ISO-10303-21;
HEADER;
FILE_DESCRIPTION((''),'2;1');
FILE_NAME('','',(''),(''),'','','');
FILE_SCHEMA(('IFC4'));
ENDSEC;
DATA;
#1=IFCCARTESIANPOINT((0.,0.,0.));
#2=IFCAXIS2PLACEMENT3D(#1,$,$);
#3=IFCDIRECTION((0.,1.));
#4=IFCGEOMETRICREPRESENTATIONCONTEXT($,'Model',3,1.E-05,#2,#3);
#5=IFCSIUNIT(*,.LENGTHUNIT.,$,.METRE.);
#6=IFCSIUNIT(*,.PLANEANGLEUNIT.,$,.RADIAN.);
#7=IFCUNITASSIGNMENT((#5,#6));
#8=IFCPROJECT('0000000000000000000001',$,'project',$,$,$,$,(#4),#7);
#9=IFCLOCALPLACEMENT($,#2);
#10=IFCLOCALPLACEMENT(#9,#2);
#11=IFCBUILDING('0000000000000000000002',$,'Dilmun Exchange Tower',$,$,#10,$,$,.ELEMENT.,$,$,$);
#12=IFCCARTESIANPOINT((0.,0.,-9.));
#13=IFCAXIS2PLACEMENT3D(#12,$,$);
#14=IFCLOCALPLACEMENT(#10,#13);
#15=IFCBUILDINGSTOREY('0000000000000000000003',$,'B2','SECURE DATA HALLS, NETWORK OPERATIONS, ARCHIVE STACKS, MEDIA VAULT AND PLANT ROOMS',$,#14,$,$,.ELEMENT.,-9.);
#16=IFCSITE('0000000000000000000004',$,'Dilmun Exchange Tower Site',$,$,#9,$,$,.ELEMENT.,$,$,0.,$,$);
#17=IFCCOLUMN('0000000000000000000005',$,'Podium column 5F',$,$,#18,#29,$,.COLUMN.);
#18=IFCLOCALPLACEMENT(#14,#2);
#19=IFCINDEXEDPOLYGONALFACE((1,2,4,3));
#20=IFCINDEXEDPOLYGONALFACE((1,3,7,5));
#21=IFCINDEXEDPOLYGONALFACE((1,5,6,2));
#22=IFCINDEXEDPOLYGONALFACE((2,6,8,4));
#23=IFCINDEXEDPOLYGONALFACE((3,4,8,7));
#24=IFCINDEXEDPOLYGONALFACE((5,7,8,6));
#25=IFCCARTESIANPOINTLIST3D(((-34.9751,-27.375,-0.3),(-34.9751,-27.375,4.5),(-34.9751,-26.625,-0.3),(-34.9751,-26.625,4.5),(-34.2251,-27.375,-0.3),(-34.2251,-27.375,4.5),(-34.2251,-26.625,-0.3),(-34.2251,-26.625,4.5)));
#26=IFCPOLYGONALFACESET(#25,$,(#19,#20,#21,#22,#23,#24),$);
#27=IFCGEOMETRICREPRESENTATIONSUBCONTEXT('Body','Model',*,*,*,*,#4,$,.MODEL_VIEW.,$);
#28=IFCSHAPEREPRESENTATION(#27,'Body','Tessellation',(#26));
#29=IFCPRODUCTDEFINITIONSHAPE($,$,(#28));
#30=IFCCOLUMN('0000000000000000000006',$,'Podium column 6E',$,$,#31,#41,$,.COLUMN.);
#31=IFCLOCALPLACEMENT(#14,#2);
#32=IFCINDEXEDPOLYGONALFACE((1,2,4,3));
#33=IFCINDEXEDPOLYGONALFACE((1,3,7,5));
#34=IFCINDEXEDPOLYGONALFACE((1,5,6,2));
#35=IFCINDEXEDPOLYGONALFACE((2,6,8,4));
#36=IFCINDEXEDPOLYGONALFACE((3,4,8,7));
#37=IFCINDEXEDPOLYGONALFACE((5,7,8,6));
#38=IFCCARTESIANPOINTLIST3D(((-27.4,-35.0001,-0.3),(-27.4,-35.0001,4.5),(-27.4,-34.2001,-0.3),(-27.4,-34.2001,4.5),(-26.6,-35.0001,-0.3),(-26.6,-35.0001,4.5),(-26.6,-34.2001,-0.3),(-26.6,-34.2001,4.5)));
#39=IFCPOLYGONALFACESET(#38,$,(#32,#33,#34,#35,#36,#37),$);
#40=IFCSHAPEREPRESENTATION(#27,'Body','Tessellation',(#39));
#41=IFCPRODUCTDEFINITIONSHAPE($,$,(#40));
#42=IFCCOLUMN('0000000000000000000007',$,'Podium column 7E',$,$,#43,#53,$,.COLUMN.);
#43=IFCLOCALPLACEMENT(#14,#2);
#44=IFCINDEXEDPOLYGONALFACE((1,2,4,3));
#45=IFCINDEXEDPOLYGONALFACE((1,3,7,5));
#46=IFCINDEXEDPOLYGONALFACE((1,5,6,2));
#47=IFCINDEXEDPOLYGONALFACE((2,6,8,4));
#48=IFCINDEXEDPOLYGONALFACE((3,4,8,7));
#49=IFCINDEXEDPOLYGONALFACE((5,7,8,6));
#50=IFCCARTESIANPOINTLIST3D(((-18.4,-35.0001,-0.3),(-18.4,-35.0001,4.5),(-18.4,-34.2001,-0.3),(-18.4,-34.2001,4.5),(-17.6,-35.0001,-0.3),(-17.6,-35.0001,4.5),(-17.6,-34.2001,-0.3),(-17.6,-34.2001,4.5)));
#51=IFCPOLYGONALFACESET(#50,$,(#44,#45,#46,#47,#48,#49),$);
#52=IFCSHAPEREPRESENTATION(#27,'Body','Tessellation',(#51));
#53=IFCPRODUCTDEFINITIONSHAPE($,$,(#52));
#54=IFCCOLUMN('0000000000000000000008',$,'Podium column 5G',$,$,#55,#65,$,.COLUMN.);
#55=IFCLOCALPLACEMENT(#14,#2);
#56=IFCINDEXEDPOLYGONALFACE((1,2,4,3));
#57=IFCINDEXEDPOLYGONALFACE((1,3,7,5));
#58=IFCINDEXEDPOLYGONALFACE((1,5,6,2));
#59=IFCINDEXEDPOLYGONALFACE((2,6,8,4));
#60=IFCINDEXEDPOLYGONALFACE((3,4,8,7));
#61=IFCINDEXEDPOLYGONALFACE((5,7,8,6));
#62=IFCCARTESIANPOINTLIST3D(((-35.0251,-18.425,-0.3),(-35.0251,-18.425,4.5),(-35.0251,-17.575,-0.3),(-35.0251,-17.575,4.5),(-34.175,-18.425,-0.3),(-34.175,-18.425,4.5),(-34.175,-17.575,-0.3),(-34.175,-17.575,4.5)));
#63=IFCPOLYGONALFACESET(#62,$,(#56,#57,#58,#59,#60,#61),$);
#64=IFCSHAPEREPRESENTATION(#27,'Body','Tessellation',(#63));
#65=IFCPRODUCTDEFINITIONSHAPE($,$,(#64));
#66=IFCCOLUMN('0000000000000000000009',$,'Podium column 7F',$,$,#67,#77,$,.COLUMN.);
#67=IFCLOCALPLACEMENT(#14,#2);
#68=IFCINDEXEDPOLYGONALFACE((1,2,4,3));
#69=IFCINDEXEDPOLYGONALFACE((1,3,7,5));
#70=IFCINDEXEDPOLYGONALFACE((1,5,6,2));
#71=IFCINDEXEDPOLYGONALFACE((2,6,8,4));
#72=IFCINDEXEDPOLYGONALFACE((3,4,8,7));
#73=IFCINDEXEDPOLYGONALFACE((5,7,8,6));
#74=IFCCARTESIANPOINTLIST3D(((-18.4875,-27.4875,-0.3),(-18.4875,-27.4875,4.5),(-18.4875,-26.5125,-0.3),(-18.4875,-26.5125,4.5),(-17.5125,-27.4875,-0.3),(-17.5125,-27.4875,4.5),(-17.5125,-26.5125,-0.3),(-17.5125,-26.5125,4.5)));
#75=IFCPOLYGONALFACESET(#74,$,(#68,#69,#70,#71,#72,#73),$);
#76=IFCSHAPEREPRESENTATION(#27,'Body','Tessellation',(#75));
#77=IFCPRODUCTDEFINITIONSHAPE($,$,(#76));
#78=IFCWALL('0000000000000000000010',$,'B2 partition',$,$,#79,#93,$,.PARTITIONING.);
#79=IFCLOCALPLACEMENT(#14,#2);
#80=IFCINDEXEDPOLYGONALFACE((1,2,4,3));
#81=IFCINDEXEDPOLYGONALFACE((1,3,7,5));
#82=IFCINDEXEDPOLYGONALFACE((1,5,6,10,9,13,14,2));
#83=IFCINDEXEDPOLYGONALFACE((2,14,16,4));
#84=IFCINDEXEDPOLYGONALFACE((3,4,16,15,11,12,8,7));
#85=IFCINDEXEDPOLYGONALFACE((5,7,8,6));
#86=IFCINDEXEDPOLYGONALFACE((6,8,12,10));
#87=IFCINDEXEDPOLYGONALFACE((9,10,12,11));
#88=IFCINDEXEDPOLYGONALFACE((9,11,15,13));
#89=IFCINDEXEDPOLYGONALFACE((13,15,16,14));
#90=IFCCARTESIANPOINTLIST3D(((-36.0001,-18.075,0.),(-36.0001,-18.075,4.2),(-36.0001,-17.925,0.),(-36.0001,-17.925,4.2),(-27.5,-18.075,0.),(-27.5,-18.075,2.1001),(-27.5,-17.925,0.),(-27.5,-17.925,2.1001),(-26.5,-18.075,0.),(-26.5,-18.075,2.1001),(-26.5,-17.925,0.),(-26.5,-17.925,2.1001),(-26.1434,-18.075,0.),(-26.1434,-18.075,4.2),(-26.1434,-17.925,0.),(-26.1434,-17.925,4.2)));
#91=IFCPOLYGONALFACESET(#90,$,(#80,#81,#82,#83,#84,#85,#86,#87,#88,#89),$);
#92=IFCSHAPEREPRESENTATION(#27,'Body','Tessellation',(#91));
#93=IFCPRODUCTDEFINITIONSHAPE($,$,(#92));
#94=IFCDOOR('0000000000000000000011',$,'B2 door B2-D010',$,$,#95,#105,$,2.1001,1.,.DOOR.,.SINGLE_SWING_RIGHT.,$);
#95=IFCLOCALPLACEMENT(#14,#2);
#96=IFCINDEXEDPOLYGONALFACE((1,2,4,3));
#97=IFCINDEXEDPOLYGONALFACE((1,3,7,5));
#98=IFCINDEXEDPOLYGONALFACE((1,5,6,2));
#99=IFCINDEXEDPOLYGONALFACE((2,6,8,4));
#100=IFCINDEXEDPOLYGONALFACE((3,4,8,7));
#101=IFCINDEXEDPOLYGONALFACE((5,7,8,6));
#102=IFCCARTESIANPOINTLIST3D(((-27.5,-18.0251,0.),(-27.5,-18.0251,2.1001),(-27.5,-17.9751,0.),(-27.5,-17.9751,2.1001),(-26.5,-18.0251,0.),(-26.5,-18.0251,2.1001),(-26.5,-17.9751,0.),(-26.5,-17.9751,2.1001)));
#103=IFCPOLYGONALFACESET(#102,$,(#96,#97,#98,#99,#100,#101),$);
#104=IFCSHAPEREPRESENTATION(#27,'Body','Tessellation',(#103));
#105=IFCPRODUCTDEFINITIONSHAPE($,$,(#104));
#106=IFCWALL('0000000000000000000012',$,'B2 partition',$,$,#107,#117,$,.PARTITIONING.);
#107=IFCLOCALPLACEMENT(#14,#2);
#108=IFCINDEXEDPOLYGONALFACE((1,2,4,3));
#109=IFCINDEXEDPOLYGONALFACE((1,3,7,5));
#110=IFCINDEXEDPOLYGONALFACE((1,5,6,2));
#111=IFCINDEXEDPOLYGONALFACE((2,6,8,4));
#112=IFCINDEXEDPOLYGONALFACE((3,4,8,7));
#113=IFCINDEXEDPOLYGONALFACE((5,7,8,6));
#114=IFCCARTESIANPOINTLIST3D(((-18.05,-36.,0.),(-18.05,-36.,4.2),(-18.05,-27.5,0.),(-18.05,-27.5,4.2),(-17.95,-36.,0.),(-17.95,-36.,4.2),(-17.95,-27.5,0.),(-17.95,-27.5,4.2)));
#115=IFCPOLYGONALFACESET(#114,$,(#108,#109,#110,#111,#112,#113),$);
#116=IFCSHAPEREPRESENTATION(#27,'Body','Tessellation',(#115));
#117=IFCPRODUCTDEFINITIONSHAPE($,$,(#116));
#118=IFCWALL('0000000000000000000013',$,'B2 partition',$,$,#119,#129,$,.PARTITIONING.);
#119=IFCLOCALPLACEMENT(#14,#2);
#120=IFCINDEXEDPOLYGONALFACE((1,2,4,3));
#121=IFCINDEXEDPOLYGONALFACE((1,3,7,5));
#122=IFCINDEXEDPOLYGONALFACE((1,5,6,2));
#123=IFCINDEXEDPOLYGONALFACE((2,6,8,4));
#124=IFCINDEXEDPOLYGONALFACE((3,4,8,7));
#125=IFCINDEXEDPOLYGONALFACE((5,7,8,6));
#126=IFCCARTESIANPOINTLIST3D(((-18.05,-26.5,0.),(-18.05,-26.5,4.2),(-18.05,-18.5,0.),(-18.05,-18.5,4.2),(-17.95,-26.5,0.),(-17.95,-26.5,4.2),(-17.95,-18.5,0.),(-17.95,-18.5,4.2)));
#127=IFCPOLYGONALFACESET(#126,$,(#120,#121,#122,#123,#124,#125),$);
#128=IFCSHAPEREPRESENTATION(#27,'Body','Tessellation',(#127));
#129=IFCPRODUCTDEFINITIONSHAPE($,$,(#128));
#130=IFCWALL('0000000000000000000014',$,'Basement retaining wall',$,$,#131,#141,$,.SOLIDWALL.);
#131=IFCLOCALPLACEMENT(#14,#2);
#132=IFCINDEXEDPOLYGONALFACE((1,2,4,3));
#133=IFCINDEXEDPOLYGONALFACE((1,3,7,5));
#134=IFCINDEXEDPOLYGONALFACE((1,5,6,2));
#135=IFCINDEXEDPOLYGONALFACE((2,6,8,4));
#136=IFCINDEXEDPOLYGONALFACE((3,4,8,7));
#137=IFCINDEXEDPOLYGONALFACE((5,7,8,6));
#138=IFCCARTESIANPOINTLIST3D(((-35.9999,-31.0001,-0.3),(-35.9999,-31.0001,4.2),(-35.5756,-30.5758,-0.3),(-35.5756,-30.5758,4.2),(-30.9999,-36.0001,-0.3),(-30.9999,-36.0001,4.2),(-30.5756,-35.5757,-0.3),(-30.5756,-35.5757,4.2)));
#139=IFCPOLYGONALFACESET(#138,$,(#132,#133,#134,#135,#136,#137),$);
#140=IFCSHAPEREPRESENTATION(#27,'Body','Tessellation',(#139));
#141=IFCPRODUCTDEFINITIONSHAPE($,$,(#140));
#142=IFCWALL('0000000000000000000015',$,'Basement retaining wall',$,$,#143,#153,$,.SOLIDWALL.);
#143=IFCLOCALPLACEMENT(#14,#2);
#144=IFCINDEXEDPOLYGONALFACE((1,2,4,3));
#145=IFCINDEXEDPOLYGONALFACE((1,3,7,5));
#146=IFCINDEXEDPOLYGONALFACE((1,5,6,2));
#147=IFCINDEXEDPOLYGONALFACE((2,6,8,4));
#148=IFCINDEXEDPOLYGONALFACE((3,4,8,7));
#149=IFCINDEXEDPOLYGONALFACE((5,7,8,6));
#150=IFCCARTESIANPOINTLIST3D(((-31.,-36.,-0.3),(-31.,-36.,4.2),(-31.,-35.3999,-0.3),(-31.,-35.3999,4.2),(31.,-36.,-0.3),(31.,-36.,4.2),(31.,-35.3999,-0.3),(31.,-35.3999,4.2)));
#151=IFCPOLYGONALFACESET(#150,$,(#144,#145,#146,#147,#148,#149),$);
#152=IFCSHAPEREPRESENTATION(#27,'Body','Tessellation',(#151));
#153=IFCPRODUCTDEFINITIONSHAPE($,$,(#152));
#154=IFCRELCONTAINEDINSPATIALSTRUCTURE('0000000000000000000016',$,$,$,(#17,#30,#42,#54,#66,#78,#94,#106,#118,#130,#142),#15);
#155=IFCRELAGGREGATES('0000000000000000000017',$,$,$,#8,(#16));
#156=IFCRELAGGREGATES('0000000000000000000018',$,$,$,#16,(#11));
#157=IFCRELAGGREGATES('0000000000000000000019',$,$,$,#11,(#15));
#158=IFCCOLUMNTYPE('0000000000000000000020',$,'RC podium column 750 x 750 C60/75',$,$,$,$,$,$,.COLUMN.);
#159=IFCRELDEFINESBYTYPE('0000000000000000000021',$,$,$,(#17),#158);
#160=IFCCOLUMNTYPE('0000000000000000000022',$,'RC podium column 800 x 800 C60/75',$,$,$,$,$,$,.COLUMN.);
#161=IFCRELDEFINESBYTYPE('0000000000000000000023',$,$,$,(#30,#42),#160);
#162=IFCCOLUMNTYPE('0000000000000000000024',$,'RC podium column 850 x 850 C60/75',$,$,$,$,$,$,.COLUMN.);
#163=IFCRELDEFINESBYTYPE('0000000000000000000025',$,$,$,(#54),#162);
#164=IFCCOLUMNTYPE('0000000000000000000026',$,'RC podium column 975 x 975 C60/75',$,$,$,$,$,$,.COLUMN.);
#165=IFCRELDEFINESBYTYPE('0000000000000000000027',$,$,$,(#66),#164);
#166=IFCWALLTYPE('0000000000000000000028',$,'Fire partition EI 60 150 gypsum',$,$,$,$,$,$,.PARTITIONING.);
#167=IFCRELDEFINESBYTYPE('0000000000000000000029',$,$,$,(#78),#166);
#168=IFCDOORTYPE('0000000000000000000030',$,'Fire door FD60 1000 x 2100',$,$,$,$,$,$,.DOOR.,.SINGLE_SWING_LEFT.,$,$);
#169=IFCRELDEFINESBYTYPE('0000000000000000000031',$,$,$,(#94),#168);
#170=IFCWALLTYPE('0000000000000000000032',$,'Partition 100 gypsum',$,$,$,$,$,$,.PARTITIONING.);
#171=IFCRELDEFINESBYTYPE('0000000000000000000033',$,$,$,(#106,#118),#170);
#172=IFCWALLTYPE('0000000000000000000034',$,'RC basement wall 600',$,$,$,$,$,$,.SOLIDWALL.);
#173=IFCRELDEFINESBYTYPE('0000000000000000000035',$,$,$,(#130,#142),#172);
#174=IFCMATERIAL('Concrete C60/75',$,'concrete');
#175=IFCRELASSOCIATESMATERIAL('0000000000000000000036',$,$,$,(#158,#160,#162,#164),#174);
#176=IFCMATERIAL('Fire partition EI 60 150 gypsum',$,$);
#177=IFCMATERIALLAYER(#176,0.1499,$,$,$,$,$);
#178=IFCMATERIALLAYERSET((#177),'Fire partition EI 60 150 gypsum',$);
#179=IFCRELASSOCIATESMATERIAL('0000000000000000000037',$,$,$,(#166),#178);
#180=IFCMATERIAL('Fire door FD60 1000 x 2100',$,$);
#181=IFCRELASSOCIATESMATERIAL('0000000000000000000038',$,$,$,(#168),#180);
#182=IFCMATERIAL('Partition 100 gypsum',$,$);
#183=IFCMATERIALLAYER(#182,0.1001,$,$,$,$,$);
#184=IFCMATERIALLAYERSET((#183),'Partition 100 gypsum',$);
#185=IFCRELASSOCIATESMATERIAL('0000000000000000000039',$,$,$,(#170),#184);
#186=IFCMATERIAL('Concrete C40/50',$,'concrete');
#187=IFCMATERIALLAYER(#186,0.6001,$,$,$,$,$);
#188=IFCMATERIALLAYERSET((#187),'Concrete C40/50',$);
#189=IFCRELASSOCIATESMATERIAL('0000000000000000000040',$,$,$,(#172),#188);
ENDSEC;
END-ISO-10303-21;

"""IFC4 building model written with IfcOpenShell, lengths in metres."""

from ifc_helpers import new_model, si_unit, direction, frame, frame_2d, origin, origin_2d, place, context, subcontext, project, spatial, rectangle, extrude, material, layer, layer_set, material_profile, profile_set, type_object, element, fill, save


model = new_model("IFC4")

# Units and contexts
model_context = context("Model", 3, precision=1e-05, world=origin(), true_north=direction((0.0, 1.0)))
body_context = subcontext(model_context, "Body", "Model", "MODEL_VIEW")
ifc_project = project(units=[si_unit("LENGTHUNIT", "METRE"), si_unit("PLANEANGLEUNIT", "RADIAN")], contexts=[model_context])

# Site, building, storey
site_placement = place(None, origin())
site = spatial("IfcSite", under=ifc_project, at=site_placement, Name="Dilmun Exchange Tower Site", CompositionType="ELEMENT", RefElevation=0.0)
building_placement = place(site_placement, origin())
building = spatial("IfcBuilding", under=site, at=building_placement, Name="Dilmun Exchange Tower", CompositionType="ELEMENT")
storey_placement = place(building_placement, frame((0.0, 0.0, -9.0)))
storey = spatial("IfcBuildingStorey", under=building, at=storey_placement, Name="B2", Description="SECURE DATA HALLS, NETWORK OPERATIONS, ARCHIVE STACKS, MEDIA VAULT AND PLANT ROOMS", CompositionType="ELEMENT", Elevation=-9.0)

# Columns
ifc_material_1 = material(Name="Concrete C60/75", Category="concrete")
ifc_material_profile_1 = material_profile(ifc_material_1, rectangle(XDim=0.75, YDim=0.75, at=origin_2d()), Name="750 x 750")
ifc_profile_set_1 = profile_set([ifc_material_profile_1], Name="Concrete C60/75")
column_type_1 = type_object("IfcColumnType", Name="RC podium column 750 x 750 C60/75", PredefinedType="COLUMN", material=ifc_profile_set_1)
column_1_placement = place(storey_placement, frame((-34.6001, -27.0, -0.3), z_axis=(0.0, 0.0, 1.0), x_axis=(1.0, 0.0, 0.0)))
element("IfcColumn", 1, at=column_1_placement, inside=storey, type_object=column_type_1, Name="Podium column 5F", PredefinedType="COLUMN", context=body_context, shape_type="SweptSolid", body=[
    extrude(rectangle(XDim=0.75, YDim=0.75, at=origin_2d()), origin(), (0.0, 0.0, 1.0), 4.8),
])
ifc_material_profile_2 = material_profile(ifc_material_1, rectangle(XDim=0.8, YDim=0.8, at=origin_2d()), Name="800 x 800")
ifc_profile_set_2 = profile_set([ifc_material_profile_2], Name="Concrete C60/75")
column_type_2 = type_object("IfcColumnType", Name="RC podium column 800 x 800 C60/75", PredefinedType="COLUMN", material=ifc_profile_set_2)
for number, where, z_axis, x_axis, name in (
    (2, (-27.0, -34.6001, -0.3), (0.0, 0.0, 1.0), (1.0, 0.0, 0.0), "Podium column 6E"),
    (3, (-18.0, -34.6001, -0.3), (0.0, 0.0, 1.0), (1.0, 0.0, 0.0), "Podium column 7E"),
):
    element("IfcColumn", number, at=place(storey_placement, frame(where, z_axis=z_axis, x_axis=x_axis)), inside=storey, type_object=column_type_2, Name=name, PredefinedType="COLUMN", context=body_context, shape_type="SweptSolid", body=[
        extrude(rectangle(XDim=0.8, YDim=0.8, at=origin_2d()), origin(), (0.0, 0.0, 1.0), 4.8),
    ])
ifc_material_profile_3 = material_profile(ifc_material_1, rectangle(XDim=0.8501, YDim=0.8501, at=origin_2d()), Name="850 x 850")
ifc_profile_set_3 = profile_set([ifc_material_profile_3], Name="Concrete C60/75")
column_type_3 = type_object("IfcColumnType", Name="RC podium column 850 x 850 C60/75", PredefinedType="COLUMN", material=ifc_profile_set_3)
column_2_placement = place(storey_placement, frame((-34.6001, -18.0, -0.3), z_axis=(0.0, 0.0, 1.0), x_axis=(1.0, 0.0, 0.0)))
element("IfcColumn", 4, at=column_2_placement, inside=storey, type_object=column_type_3, Name="Podium column 5G", PredefinedType="COLUMN", context=body_context, shape_type="SweptSolid", body=[
    extrude(rectangle(XDim=0.8501, YDim=0.8501, at=origin_2d()), origin(), (0.0, 0.0, 1.0), 4.8),
])
ifc_material_profile_4 = material_profile(ifc_material_1, rectangle(XDim=0.9751, YDim=0.9751, at=origin_2d()), Name="975 x 975")
ifc_profile_set_4 = profile_set([ifc_material_profile_4], Name="Concrete C60/75")
column_type_4 = type_object("IfcColumnType", Name="RC podium column 975 x 975 C60/75", PredefinedType="COLUMN", material=ifc_profile_set_4)
column_3_placement = place(storey_placement, frame((-18.0, -27.0, -0.3), z_axis=(0.0, 0.0, 1.0), x_axis=(1.0, 0.0, 0.0)))
element("IfcColumn", 5, at=column_3_placement, inside=storey, type_object=column_type_4, Name="Podium column 7F", PredefinedType="COLUMN", context=body_context, shape_type="SweptSolid", body=[
    extrude(rectangle(XDim=0.9751, YDim=0.9751, at=origin_2d()), origin(), (0.0, 0.0, 1.0), 4.8),
])

# Wall, opening, door
ifc_material_2 = material(Name="Fire partition EI 60 150 gypsum")
ifc_layer_1 = layer(ifc_material_2, 0.1499)
ifc_layer_set_1 = layer_set([ifc_layer_1], Name="Fire partition EI 60 150 gypsum")
wall_type_1 = type_object("IfcWallType", Name="Fire partition EI 60 150 gypsum", PredefinedType="PARTITIONING", material=ifc_layer_set_1)
wall_1_placement = place(storey_placement, frame((-36.0, -18.0, 0.0), z_axis=(0.0, 0.0, 1.0), x_axis=(1.0, 0.0, 0.0)))
wall_1 = element("IfcWall", 6, at=wall_1_placement, inside=storey, type_object=wall_type_1, Name="B2 partition", PredefinedType="PARTITIONING", context=body_context, shape_type="SweptSolid", body=[
    extrude(rectangle(XDim=9.8567, YDim=0.1499, at=frame_2d((4.9282, 0.0))), origin(), (0.0, 0.0, 1.0), 4.2),
])
opening_placement = place(wall_1_placement, frame((8.5, 0.0, 0.0)))
opening = element("IfcOpeningElement", 7, at=opening_placement, cuts=wall_1, PredefinedType="OPENING", context=body_context, shape_type="SweptSolid", body=[
    extrude(rectangle(XDim=1.0, YDim=2.1001, at=frame_2d((0.5, 1.05))), frame((0.0, 0.085, 0.0), z_axis=(0.0, -1.0, 0.0), x_axis=(1.0, 0.0, 0.0)), (0.0, 0.0, 1.0), 0.1699),
])
ifc_material_3 = material(Name="Fire door FD60 1000 x 2100")
door_type = type_object("IfcDoorType", Name="Fire door FD60 1000 x 2100", OperationType="SINGLE_SWING_LEFT", PredefinedType="DOOR", material=ifc_material_3)
door_placement = place(opening_placement, origin())
door = element("IfcDoor", 8, at=door_placement, inside=storey, type_object=door_type, Name="B2 door B2-D010", OperationType="SINGLE_SWING_RIGHT", OverallHeight=2.1001, OverallWidth=1.0, PredefinedType="DOOR", context=body_context, shape_type="SweptSolid", body=[
    extrude(rectangle(XDim=1.0, YDim=2.1001, at=frame_2d((0.5, 1.05))), frame((0.0, 0.0249, 0.0), z_axis=(0.0, -1.0, 0.0), x_axis=(1.0, 0.0, 0.0)), (0.0, 0.0, 1.0), 0.05),
])
fill(opening, door)

# Walls
ifc_material_4 = material(Name="Partition 100 gypsum")
ifc_layer_2 = layer(ifc_material_4, 0.1001)
ifc_layer_set_2 = layer_set([ifc_layer_2], Name="Partition 100 gypsum")
wall_type_2 = type_object("IfcWallType", Name="Partition 100 gypsum", PredefinedType="PARTITIONING", material=ifc_layer_set_2)
wall_2_placement = place(storey_placement, frame((-18.0, -36.0, 0.0), z_axis=(0.0, 0.0, 1.0), x_axis=(0.0, 1.0, 0.0)))
element("IfcWall", 9, at=wall_2_placement, inside=storey, type_object=wall_type_2, Name="B2 partition", PredefinedType="PARTITIONING", context=body_context, shape_type="SweptSolid", body=[
    extrude(rectangle(XDim=8.5, YDim=0.1001, at=frame_2d((4.25, 0.0))), origin(), (0.0, 0.0, 1.0), 4.2),
])
wall_3_placement = place(storey_placement, frame((-18.0, -26.5, 0.0), z_axis=(0.0, 0.0, 1.0), x_axis=(0.0, 1.0, 0.0)))
element("IfcWall", 10, at=wall_3_placement, inside=storey, type_object=wall_type_2, Name="B2 partition", PredefinedType="PARTITIONING", context=body_context, shape_type="SweptSolid", body=[
    extrude(rectangle(XDim=8.0, YDim=0.1001, at=frame_2d((4.0, 0.0))), origin(), (0.0, 0.0, 1.0), 4.2),
])
ifc_material_5 = material(Name="Concrete C40/50", Category="concrete")
ifc_layer_3 = layer(ifc_material_5, 0.6001)
ifc_layer_set_3 = layer_set([ifc_layer_3], Name="Concrete C40/50")
wall_type_3 = type_object("IfcWallType", Name="RC basement wall 600", PredefinedType="SOLIDWALL", material=ifc_layer_set_3)
wall_4_placement = place(storey_placement, frame((-35.7878, -30.7878, -0.3), z_axis=(0.0, 0.0, 1.0), x_axis=(0.707107, -0.707107, 0.0)))
element("IfcWall", 11, at=wall_4_placement, inside=storey, type_object=wall_type_3, Name="Basement retaining wall", PredefinedType="SOLIDWALL", context=body_context, shape_type="SweptSolid", body=[
    extrude(rectangle(XDim=7.071, YDim=0.6001, at=frame_2d((3.5356, 0.0))), origin(), (0.0, 0.0, 1.0), 4.5),
])
wall_5_placement = place(storey_placement, frame((-31.0, -35.7, -0.3), z_axis=(0.0, 0.0, 1.0), x_axis=(1.0, 0.0, 0.0)))
element("IfcWall", 12, at=wall_5_placement, inside=storey, type_object=wall_type_3, Name="Basement retaining wall", PredefinedType="SOLIDWALL", context=body_context, shape_type="SweptSolid", body=[
    extrude(rectangle(XDim=62.0, YDim=0.6001, at=frame_2d((31.0, 0.0))), origin(), (0.0, 0.0, 1.0), 4.5),
])

save(model, "model.ifc")
